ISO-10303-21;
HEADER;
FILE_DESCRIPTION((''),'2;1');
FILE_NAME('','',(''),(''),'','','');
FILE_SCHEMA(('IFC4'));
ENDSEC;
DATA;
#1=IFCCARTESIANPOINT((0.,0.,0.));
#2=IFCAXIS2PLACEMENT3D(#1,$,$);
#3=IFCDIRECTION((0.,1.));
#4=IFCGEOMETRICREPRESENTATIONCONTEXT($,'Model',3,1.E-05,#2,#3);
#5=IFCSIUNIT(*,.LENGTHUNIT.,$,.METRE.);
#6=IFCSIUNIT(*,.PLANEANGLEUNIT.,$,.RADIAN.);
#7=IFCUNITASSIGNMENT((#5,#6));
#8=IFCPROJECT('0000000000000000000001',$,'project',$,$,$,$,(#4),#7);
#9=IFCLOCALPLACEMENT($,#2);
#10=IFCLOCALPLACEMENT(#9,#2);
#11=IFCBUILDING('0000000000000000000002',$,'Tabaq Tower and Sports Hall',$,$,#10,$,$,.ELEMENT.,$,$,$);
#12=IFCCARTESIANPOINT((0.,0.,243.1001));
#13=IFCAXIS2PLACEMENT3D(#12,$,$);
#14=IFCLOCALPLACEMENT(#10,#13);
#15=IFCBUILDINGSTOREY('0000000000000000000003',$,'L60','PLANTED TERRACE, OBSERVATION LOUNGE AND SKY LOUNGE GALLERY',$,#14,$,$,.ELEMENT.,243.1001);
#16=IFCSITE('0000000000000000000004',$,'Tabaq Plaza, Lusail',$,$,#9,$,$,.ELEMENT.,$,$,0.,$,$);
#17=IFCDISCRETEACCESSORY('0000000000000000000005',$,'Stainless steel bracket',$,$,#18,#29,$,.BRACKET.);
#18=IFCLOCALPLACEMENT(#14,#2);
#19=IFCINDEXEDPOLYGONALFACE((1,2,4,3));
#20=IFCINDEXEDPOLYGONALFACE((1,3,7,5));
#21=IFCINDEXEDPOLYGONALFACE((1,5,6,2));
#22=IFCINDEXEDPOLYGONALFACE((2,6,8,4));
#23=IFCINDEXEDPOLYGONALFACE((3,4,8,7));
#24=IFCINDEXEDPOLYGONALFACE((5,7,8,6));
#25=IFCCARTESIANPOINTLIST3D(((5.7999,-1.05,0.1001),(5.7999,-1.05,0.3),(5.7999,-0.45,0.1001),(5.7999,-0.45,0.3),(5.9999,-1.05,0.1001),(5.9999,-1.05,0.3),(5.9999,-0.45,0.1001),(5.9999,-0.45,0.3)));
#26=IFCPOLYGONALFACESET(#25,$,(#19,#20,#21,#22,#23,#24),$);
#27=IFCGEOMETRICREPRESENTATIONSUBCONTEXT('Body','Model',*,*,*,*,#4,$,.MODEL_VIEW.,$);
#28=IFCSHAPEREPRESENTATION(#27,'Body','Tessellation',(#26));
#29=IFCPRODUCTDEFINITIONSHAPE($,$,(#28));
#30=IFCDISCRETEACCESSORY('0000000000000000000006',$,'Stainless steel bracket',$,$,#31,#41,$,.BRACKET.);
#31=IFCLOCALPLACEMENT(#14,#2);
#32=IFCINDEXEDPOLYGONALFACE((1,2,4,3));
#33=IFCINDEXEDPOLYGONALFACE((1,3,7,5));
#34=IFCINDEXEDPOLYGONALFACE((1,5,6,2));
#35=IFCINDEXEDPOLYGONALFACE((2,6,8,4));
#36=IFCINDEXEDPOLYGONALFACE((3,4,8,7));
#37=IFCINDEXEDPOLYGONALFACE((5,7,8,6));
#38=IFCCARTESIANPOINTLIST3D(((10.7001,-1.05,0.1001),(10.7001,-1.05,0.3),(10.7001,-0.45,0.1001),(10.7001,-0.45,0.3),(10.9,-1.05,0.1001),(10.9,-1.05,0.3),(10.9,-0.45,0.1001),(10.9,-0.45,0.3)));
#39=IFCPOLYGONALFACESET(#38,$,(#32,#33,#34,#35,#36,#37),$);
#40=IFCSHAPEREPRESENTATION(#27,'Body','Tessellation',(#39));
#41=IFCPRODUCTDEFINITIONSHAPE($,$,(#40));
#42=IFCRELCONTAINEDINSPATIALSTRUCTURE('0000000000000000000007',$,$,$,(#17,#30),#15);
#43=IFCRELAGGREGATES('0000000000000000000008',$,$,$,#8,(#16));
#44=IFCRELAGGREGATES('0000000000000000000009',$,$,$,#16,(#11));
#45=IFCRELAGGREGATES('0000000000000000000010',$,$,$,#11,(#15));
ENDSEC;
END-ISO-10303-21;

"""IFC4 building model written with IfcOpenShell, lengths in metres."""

from ifc_helpers import new_model, si_unit, direction, frame, origin, origin_2d, place, context, subcontext, project, spatial, rectangle, extrude, element, save


model = new_model("IFC4")

# Units and contexts
model_context = context("Model", 3, precision=1e-05, world=origin(), true_north=direction((0.0, 1.0)))
body_context = subcontext(model_context, "Body", "Model", "MODEL_VIEW")
ifc_project = project(units=[si_unit("LENGTHUNIT", "METRE"), si_unit("PLANEANGLEUNIT", "RADIAN")], contexts=[model_context])

# Site, building, storey
site_placement = place(None, origin())
site = spatial("IfcSite", under=ifc_project, at=site_placement, Name="Tabaq Plaza, Lusail", CompositionType="ELEMENT", RefElevation=0.0)
building_placement = place(site_placement, origin())
building = spatial("IfcBuilding", under=site, at=building_placement, Name="Tabaq Tower and Sports Hall", CompositionType="ELEMENT")
storey_placement = place(building_placement, frame((0.0, 0.0, 243.1001)))
storey = spatial("IfcBuildingStorey", under=building, at=storey_placement, Name="L60", Description="PLANTED TERRACE, OBSERVATION LOUNGE AND SKY LOUNGE GALLERY", CompositionType="ELEMENT", Elevation=243.1001)

# Discrete accessories
for number, where, z_axis, x_axis, name in (
    (1, (5.8999, -0.75, 0.1001), (0.0, 0.0, 1.0), (0.0, -1.0, 0.0), "Stainless steel bracket"),
    (2, (10.8, -0.75, 0.1001), (0.0, 0.0, 1.0), (0.0, -1.0, 0.0), "Stainless steel bracket"),
):
    element("IfcDiscreteAccessory", number, at=place(storey_placement, frame(where, z_axis=z_axis, x_axis=x_axis)), inside=storey, Name=name, PredefinedType="BRACKET", context=body_context, shape_type="SweptSolid", body=[
        extrude(rectangle(XDim=0.6001, YDim=0.2, at=origin_2d()), origin(), (0.0, 0.0, 1.0), 0.2),
    ])

save(model, "model.ifc")
